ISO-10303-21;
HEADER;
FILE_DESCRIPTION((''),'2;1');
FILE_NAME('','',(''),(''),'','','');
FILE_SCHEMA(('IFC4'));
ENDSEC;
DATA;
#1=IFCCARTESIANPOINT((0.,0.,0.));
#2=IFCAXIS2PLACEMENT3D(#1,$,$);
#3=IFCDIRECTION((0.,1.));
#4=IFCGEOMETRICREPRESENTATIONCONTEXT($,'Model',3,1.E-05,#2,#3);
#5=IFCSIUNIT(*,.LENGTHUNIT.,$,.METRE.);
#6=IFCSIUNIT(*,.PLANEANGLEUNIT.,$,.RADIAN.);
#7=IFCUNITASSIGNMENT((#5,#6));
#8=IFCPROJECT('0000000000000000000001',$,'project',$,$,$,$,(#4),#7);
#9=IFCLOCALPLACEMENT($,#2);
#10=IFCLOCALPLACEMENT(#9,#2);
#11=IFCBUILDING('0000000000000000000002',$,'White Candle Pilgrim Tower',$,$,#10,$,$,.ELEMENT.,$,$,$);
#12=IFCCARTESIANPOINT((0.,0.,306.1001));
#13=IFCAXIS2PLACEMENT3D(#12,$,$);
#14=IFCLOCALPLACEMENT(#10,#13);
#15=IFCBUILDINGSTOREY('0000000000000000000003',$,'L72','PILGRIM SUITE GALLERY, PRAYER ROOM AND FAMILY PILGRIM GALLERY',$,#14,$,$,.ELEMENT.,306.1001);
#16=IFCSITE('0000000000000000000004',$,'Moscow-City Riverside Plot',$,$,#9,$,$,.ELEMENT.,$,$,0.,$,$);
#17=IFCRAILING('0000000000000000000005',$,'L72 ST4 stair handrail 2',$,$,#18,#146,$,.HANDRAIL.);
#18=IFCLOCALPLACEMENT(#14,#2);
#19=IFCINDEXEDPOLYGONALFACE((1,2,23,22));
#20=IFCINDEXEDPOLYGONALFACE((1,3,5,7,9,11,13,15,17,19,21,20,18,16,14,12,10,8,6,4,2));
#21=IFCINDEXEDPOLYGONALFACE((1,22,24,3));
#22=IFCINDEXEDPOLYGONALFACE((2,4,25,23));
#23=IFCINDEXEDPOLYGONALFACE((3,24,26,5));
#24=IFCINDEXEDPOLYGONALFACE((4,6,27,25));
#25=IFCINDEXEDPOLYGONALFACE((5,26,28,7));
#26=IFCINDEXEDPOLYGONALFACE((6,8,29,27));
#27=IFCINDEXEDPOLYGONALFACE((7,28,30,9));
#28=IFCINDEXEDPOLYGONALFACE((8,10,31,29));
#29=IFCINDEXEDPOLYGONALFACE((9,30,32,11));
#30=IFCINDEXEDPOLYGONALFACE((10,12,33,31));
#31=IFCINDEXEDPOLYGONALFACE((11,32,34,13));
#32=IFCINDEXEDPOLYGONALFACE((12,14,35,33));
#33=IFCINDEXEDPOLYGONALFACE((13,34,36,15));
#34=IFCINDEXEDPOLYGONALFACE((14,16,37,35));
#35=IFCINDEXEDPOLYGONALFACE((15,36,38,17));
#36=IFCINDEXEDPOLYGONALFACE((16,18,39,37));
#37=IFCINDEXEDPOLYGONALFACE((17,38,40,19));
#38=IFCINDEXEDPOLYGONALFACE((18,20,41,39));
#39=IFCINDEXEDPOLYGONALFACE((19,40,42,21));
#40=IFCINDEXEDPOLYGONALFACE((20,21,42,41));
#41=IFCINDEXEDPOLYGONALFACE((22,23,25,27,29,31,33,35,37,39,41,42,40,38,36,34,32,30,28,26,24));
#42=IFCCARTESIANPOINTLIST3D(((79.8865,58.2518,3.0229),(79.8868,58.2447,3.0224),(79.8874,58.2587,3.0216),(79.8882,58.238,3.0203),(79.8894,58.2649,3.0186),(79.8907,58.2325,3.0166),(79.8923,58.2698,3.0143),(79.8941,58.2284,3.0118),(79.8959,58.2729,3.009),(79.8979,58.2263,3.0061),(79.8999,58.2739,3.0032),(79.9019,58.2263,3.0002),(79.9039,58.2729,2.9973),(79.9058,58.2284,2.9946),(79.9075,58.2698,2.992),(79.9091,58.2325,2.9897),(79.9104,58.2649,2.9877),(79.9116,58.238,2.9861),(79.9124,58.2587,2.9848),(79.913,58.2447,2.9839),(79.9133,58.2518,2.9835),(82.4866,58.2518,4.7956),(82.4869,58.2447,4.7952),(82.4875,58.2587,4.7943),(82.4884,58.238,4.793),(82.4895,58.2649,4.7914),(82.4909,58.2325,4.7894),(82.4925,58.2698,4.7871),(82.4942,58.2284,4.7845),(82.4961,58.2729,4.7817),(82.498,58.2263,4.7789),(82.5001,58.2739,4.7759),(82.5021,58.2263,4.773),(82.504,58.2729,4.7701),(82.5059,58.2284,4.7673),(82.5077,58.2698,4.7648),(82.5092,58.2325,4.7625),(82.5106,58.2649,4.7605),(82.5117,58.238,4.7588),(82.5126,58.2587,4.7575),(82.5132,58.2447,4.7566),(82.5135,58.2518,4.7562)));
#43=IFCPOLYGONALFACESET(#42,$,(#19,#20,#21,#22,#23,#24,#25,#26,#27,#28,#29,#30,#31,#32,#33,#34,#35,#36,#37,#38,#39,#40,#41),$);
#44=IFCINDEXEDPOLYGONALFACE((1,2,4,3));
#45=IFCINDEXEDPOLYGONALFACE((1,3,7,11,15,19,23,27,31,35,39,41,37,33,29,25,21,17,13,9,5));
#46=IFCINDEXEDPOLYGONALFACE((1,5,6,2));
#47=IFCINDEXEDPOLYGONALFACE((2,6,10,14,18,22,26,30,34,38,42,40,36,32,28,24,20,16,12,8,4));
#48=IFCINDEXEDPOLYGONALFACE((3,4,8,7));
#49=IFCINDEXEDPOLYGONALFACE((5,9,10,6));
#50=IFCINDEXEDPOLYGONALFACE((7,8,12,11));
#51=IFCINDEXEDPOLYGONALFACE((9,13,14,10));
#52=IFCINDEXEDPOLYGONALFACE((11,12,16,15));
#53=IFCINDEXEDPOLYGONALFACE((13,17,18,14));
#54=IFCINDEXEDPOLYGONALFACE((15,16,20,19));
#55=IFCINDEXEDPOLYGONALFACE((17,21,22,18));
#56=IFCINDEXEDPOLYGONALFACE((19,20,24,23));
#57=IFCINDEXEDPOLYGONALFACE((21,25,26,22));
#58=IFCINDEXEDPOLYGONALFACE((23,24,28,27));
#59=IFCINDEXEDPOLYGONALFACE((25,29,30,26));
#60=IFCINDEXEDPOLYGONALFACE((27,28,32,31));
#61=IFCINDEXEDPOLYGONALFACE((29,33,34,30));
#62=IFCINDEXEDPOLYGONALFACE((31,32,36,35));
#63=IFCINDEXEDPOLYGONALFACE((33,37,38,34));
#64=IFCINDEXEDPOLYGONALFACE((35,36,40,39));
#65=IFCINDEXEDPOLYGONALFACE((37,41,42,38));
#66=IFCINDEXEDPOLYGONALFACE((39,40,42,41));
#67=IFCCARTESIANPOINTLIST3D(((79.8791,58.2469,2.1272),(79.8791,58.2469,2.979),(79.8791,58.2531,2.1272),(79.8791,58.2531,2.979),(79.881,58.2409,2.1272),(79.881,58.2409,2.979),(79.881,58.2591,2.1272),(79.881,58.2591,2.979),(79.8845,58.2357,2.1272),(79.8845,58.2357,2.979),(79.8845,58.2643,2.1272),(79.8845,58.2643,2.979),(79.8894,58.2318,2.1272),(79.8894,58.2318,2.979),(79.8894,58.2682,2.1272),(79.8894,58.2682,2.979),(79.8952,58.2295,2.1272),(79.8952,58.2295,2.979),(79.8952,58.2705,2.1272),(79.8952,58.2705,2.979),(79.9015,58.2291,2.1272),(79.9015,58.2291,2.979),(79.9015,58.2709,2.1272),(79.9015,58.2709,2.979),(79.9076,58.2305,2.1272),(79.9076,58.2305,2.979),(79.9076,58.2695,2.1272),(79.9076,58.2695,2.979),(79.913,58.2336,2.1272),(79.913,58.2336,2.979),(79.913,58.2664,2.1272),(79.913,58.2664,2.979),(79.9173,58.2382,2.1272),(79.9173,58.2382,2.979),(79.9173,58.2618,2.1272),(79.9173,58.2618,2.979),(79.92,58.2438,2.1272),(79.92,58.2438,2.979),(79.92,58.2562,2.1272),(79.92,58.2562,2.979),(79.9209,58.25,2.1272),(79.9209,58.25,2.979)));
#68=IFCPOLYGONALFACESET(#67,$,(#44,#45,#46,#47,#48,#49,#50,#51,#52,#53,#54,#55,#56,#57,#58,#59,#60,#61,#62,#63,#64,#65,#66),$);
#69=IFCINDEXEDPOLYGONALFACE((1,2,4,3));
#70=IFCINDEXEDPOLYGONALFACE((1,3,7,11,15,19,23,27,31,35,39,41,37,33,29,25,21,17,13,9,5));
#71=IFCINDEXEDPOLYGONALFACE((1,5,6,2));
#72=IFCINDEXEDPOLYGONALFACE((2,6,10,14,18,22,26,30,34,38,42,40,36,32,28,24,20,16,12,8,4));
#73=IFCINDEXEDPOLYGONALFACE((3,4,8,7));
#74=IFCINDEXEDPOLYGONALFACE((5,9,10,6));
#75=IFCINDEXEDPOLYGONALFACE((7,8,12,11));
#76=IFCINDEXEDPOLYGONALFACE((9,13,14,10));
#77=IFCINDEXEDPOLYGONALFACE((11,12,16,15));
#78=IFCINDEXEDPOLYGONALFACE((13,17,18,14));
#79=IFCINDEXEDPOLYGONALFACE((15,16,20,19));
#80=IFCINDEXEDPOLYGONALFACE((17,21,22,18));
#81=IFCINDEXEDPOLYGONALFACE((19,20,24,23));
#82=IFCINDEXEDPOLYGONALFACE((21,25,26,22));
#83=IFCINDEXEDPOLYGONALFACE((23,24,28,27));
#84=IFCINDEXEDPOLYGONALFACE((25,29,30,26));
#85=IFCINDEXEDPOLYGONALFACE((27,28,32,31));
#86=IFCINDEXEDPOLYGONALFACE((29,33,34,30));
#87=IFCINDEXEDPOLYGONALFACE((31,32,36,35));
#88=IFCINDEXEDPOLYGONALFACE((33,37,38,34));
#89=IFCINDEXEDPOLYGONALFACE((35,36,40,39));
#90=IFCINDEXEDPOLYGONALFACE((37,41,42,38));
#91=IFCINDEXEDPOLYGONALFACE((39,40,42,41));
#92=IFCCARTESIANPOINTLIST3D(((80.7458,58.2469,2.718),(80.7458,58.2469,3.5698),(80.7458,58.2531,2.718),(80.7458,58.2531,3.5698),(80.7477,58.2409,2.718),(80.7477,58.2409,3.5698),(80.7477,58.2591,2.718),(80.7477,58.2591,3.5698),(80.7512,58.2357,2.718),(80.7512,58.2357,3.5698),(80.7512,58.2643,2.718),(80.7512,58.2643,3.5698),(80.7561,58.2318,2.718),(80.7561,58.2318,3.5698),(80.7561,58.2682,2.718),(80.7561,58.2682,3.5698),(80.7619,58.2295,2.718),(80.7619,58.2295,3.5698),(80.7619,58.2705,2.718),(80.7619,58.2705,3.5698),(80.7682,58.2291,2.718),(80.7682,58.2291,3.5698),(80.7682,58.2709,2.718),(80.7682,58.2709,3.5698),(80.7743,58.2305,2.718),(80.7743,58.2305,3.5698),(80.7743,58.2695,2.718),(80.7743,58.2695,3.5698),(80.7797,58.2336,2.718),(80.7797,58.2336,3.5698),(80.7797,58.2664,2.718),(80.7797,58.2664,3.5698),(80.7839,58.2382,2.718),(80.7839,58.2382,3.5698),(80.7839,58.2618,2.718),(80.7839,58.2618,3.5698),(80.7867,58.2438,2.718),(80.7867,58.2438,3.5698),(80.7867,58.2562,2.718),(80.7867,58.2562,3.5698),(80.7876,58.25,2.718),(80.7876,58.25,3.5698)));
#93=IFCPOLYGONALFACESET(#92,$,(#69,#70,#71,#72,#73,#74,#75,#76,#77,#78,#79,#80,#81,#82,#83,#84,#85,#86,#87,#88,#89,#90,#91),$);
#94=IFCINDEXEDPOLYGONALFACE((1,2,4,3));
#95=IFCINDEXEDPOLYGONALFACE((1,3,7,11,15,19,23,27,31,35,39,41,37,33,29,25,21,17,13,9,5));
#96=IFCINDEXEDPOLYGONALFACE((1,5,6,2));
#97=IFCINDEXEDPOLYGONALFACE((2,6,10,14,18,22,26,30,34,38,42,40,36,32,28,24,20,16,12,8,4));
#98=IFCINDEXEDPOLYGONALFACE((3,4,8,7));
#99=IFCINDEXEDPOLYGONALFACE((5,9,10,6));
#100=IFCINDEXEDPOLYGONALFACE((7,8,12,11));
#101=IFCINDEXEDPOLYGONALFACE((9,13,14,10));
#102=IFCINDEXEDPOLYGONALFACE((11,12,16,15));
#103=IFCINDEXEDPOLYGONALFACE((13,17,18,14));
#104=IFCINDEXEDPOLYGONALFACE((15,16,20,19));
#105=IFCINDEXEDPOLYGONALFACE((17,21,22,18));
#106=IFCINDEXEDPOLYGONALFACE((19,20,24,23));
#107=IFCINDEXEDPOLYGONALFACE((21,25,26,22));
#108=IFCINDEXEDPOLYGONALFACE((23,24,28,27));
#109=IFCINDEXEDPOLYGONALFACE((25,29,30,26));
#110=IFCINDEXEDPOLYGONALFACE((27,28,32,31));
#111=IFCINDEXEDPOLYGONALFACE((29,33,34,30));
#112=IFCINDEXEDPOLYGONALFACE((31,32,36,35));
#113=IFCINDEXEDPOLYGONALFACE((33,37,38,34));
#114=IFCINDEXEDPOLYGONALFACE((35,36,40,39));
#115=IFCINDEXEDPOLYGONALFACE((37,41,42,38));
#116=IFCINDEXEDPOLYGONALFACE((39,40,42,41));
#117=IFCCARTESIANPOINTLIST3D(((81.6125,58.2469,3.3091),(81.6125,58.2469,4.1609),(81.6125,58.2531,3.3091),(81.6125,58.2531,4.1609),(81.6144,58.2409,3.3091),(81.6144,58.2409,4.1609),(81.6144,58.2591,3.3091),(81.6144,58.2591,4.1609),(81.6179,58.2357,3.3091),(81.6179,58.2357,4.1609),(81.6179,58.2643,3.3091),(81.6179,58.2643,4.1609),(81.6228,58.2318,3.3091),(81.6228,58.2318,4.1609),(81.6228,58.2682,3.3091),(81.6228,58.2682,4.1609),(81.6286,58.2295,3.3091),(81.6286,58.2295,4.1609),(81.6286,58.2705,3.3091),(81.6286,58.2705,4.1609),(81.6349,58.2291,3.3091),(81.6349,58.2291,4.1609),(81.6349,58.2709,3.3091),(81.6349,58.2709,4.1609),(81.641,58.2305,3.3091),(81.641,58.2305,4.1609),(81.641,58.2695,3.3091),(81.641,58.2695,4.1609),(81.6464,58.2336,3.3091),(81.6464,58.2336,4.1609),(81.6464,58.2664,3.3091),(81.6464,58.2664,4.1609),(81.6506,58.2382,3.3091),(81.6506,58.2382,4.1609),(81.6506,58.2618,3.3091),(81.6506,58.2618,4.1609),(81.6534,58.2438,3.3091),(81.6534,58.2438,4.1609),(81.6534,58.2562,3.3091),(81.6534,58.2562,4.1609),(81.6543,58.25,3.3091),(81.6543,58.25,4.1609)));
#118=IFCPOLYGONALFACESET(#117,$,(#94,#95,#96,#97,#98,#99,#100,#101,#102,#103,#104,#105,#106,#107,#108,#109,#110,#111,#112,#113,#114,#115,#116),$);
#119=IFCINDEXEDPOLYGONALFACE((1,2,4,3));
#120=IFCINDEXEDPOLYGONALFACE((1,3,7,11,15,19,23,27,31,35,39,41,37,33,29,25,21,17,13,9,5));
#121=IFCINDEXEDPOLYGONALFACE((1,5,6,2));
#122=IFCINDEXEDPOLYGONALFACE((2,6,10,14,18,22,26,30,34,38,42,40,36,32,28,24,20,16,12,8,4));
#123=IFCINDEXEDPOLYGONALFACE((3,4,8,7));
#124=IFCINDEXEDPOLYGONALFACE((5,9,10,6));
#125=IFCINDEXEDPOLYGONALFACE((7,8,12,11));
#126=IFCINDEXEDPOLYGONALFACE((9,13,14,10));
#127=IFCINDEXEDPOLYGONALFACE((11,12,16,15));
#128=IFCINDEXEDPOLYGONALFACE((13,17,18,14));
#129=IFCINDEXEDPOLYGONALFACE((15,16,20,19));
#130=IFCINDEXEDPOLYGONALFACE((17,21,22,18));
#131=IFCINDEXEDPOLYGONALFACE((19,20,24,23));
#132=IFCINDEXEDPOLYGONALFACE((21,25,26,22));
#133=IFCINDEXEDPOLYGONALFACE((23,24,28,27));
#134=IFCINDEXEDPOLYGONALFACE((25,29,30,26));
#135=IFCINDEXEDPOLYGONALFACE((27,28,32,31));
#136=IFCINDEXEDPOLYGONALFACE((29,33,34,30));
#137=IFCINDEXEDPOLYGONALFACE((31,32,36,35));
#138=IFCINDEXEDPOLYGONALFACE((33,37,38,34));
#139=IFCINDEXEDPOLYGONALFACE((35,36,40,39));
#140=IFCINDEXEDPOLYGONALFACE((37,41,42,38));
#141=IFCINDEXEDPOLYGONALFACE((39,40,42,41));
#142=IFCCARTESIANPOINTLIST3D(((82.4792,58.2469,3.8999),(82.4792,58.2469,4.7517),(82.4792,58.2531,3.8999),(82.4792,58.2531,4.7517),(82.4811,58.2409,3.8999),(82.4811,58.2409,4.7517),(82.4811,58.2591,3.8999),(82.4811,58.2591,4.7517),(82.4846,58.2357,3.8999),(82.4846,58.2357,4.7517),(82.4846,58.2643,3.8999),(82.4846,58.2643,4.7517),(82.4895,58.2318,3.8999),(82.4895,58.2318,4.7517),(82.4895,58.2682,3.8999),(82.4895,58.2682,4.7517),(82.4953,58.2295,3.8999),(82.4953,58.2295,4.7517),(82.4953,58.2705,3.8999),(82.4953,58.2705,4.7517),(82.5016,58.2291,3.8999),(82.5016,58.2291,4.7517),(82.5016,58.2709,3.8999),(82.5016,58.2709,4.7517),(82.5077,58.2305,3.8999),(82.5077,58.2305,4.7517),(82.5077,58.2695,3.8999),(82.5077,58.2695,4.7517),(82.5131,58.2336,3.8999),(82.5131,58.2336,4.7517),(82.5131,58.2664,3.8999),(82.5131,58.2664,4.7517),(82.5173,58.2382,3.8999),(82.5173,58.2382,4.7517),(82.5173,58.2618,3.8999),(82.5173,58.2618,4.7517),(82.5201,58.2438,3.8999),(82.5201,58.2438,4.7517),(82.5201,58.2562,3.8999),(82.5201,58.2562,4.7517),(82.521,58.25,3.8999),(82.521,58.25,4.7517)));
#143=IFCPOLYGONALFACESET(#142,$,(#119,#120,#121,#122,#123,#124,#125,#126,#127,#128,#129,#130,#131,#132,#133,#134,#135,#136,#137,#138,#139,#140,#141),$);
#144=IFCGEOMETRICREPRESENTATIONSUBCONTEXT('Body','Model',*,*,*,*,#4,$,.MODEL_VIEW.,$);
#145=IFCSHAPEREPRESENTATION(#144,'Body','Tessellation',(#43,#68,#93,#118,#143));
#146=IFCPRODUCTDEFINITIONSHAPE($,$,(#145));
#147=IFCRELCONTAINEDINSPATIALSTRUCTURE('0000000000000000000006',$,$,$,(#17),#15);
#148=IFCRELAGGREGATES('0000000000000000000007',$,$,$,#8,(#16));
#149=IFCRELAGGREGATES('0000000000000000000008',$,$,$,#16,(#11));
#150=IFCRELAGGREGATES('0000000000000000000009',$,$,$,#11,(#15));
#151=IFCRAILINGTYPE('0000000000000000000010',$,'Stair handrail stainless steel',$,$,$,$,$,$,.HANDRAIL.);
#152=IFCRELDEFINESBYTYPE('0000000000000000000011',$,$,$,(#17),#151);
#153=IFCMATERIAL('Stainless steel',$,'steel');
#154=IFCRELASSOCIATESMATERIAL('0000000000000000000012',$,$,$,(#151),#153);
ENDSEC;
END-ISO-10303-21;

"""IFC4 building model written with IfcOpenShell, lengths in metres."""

from ifc_helpers import new_model, si_unit, direction, frame, origin, origin_2d, place, context, subcontext, project, spatial, circle, extrude, material, type_object, element, save


model = new_model("IFC4")

# Units and contexts
model_context = context("Model", 3, precision=1e-05, world=origin(), true_north=direction((0.0, 1.0)))
body_context = subcontext(model_context, "Body", "Model", "MODEL_VIEW")
ifc_project = project(units=[si_unit("LENGTHUNIT", "METRE"), si_unit("PLANEANGLEUNIT", "RADIAN")], contexts=[model_context])

# Site, building, storey
site_placement = place(None, origin())
site = spatial("IfcSite", under=ifc_project, at=site_placement, Name="Moscow-City Riverside Plot", CompositionType="ELEMENT", RefElevation=0.0)
building_placement = place(site_placement, origin())
building = spatial("IfcBuilding", under=site, at=building_placement, Name="White Candle Pilgrim Tower", CompositionType="ELEMENT")
storey_placement = place(building_placement, frame((0.0, 0.0, 306.1001)))
storey = spatial("IfcBuildingStorey", under=building, at=storey_placement, Name="L72", Description="PILGRIM SUITE GALLERY, PRAYER ROOM AND FAMILY PILGRIM GALLERY", CompositionType="ELEMENT", Elevation=306.1001)

# Railing
ifc_material_1 = material(Name="Stainless steel", Category="steel")
railing_type_1 = type_object("IfcRailingType", Name="Stair handrail stainless steel", PredefinedType="HANDRAIL", material=ifc_material_1)
railing_1_placement = place(storey_placement, frame((79.8999, 58.25, 2.1272)))
element("IfcRailing", 1, at=railing_1_placement, inside=storey, type_object=railing_type_1, Name="L72 ST4 stair handrail 2", PredefinedType="HANDRAIL", context=body_context, shape_type="SweptSolid", body=[
    extrude(circle(Radius=0.0239, at=origin_2d()), frame((0.0, 0.0, 0.876), z_axis=(0.82624, 0.0, 0.563318), x_axis=(0.0, 1.0, 0.0)), (0.0, 0.0, 1.0), 3.147),
    extrude(circle(Radius=0.021, at=origin_2d()), origin(), (0.0, 0.0, 1.0), 0.8518),
    extrude(circle(Radius=0.021, at=origin_2d()), frame((0.8667, 0.0, 0.5908)), (0.0, 0.0, 1.0), 0.8518),
    extrude(circle(Radius=0.021, at=origin_2d()), frame((1.7334, 0.0, 1.1819)), (0.0, 0.0, 1.0), 0.8518),
    extrude(circle(Radius=0.021, at=origin_2d()), frame((2.6001, 0.0, 1.7727)), (0.0, 0.0, 1.0), 0.8518),
])

save(model, "model.ifc")
